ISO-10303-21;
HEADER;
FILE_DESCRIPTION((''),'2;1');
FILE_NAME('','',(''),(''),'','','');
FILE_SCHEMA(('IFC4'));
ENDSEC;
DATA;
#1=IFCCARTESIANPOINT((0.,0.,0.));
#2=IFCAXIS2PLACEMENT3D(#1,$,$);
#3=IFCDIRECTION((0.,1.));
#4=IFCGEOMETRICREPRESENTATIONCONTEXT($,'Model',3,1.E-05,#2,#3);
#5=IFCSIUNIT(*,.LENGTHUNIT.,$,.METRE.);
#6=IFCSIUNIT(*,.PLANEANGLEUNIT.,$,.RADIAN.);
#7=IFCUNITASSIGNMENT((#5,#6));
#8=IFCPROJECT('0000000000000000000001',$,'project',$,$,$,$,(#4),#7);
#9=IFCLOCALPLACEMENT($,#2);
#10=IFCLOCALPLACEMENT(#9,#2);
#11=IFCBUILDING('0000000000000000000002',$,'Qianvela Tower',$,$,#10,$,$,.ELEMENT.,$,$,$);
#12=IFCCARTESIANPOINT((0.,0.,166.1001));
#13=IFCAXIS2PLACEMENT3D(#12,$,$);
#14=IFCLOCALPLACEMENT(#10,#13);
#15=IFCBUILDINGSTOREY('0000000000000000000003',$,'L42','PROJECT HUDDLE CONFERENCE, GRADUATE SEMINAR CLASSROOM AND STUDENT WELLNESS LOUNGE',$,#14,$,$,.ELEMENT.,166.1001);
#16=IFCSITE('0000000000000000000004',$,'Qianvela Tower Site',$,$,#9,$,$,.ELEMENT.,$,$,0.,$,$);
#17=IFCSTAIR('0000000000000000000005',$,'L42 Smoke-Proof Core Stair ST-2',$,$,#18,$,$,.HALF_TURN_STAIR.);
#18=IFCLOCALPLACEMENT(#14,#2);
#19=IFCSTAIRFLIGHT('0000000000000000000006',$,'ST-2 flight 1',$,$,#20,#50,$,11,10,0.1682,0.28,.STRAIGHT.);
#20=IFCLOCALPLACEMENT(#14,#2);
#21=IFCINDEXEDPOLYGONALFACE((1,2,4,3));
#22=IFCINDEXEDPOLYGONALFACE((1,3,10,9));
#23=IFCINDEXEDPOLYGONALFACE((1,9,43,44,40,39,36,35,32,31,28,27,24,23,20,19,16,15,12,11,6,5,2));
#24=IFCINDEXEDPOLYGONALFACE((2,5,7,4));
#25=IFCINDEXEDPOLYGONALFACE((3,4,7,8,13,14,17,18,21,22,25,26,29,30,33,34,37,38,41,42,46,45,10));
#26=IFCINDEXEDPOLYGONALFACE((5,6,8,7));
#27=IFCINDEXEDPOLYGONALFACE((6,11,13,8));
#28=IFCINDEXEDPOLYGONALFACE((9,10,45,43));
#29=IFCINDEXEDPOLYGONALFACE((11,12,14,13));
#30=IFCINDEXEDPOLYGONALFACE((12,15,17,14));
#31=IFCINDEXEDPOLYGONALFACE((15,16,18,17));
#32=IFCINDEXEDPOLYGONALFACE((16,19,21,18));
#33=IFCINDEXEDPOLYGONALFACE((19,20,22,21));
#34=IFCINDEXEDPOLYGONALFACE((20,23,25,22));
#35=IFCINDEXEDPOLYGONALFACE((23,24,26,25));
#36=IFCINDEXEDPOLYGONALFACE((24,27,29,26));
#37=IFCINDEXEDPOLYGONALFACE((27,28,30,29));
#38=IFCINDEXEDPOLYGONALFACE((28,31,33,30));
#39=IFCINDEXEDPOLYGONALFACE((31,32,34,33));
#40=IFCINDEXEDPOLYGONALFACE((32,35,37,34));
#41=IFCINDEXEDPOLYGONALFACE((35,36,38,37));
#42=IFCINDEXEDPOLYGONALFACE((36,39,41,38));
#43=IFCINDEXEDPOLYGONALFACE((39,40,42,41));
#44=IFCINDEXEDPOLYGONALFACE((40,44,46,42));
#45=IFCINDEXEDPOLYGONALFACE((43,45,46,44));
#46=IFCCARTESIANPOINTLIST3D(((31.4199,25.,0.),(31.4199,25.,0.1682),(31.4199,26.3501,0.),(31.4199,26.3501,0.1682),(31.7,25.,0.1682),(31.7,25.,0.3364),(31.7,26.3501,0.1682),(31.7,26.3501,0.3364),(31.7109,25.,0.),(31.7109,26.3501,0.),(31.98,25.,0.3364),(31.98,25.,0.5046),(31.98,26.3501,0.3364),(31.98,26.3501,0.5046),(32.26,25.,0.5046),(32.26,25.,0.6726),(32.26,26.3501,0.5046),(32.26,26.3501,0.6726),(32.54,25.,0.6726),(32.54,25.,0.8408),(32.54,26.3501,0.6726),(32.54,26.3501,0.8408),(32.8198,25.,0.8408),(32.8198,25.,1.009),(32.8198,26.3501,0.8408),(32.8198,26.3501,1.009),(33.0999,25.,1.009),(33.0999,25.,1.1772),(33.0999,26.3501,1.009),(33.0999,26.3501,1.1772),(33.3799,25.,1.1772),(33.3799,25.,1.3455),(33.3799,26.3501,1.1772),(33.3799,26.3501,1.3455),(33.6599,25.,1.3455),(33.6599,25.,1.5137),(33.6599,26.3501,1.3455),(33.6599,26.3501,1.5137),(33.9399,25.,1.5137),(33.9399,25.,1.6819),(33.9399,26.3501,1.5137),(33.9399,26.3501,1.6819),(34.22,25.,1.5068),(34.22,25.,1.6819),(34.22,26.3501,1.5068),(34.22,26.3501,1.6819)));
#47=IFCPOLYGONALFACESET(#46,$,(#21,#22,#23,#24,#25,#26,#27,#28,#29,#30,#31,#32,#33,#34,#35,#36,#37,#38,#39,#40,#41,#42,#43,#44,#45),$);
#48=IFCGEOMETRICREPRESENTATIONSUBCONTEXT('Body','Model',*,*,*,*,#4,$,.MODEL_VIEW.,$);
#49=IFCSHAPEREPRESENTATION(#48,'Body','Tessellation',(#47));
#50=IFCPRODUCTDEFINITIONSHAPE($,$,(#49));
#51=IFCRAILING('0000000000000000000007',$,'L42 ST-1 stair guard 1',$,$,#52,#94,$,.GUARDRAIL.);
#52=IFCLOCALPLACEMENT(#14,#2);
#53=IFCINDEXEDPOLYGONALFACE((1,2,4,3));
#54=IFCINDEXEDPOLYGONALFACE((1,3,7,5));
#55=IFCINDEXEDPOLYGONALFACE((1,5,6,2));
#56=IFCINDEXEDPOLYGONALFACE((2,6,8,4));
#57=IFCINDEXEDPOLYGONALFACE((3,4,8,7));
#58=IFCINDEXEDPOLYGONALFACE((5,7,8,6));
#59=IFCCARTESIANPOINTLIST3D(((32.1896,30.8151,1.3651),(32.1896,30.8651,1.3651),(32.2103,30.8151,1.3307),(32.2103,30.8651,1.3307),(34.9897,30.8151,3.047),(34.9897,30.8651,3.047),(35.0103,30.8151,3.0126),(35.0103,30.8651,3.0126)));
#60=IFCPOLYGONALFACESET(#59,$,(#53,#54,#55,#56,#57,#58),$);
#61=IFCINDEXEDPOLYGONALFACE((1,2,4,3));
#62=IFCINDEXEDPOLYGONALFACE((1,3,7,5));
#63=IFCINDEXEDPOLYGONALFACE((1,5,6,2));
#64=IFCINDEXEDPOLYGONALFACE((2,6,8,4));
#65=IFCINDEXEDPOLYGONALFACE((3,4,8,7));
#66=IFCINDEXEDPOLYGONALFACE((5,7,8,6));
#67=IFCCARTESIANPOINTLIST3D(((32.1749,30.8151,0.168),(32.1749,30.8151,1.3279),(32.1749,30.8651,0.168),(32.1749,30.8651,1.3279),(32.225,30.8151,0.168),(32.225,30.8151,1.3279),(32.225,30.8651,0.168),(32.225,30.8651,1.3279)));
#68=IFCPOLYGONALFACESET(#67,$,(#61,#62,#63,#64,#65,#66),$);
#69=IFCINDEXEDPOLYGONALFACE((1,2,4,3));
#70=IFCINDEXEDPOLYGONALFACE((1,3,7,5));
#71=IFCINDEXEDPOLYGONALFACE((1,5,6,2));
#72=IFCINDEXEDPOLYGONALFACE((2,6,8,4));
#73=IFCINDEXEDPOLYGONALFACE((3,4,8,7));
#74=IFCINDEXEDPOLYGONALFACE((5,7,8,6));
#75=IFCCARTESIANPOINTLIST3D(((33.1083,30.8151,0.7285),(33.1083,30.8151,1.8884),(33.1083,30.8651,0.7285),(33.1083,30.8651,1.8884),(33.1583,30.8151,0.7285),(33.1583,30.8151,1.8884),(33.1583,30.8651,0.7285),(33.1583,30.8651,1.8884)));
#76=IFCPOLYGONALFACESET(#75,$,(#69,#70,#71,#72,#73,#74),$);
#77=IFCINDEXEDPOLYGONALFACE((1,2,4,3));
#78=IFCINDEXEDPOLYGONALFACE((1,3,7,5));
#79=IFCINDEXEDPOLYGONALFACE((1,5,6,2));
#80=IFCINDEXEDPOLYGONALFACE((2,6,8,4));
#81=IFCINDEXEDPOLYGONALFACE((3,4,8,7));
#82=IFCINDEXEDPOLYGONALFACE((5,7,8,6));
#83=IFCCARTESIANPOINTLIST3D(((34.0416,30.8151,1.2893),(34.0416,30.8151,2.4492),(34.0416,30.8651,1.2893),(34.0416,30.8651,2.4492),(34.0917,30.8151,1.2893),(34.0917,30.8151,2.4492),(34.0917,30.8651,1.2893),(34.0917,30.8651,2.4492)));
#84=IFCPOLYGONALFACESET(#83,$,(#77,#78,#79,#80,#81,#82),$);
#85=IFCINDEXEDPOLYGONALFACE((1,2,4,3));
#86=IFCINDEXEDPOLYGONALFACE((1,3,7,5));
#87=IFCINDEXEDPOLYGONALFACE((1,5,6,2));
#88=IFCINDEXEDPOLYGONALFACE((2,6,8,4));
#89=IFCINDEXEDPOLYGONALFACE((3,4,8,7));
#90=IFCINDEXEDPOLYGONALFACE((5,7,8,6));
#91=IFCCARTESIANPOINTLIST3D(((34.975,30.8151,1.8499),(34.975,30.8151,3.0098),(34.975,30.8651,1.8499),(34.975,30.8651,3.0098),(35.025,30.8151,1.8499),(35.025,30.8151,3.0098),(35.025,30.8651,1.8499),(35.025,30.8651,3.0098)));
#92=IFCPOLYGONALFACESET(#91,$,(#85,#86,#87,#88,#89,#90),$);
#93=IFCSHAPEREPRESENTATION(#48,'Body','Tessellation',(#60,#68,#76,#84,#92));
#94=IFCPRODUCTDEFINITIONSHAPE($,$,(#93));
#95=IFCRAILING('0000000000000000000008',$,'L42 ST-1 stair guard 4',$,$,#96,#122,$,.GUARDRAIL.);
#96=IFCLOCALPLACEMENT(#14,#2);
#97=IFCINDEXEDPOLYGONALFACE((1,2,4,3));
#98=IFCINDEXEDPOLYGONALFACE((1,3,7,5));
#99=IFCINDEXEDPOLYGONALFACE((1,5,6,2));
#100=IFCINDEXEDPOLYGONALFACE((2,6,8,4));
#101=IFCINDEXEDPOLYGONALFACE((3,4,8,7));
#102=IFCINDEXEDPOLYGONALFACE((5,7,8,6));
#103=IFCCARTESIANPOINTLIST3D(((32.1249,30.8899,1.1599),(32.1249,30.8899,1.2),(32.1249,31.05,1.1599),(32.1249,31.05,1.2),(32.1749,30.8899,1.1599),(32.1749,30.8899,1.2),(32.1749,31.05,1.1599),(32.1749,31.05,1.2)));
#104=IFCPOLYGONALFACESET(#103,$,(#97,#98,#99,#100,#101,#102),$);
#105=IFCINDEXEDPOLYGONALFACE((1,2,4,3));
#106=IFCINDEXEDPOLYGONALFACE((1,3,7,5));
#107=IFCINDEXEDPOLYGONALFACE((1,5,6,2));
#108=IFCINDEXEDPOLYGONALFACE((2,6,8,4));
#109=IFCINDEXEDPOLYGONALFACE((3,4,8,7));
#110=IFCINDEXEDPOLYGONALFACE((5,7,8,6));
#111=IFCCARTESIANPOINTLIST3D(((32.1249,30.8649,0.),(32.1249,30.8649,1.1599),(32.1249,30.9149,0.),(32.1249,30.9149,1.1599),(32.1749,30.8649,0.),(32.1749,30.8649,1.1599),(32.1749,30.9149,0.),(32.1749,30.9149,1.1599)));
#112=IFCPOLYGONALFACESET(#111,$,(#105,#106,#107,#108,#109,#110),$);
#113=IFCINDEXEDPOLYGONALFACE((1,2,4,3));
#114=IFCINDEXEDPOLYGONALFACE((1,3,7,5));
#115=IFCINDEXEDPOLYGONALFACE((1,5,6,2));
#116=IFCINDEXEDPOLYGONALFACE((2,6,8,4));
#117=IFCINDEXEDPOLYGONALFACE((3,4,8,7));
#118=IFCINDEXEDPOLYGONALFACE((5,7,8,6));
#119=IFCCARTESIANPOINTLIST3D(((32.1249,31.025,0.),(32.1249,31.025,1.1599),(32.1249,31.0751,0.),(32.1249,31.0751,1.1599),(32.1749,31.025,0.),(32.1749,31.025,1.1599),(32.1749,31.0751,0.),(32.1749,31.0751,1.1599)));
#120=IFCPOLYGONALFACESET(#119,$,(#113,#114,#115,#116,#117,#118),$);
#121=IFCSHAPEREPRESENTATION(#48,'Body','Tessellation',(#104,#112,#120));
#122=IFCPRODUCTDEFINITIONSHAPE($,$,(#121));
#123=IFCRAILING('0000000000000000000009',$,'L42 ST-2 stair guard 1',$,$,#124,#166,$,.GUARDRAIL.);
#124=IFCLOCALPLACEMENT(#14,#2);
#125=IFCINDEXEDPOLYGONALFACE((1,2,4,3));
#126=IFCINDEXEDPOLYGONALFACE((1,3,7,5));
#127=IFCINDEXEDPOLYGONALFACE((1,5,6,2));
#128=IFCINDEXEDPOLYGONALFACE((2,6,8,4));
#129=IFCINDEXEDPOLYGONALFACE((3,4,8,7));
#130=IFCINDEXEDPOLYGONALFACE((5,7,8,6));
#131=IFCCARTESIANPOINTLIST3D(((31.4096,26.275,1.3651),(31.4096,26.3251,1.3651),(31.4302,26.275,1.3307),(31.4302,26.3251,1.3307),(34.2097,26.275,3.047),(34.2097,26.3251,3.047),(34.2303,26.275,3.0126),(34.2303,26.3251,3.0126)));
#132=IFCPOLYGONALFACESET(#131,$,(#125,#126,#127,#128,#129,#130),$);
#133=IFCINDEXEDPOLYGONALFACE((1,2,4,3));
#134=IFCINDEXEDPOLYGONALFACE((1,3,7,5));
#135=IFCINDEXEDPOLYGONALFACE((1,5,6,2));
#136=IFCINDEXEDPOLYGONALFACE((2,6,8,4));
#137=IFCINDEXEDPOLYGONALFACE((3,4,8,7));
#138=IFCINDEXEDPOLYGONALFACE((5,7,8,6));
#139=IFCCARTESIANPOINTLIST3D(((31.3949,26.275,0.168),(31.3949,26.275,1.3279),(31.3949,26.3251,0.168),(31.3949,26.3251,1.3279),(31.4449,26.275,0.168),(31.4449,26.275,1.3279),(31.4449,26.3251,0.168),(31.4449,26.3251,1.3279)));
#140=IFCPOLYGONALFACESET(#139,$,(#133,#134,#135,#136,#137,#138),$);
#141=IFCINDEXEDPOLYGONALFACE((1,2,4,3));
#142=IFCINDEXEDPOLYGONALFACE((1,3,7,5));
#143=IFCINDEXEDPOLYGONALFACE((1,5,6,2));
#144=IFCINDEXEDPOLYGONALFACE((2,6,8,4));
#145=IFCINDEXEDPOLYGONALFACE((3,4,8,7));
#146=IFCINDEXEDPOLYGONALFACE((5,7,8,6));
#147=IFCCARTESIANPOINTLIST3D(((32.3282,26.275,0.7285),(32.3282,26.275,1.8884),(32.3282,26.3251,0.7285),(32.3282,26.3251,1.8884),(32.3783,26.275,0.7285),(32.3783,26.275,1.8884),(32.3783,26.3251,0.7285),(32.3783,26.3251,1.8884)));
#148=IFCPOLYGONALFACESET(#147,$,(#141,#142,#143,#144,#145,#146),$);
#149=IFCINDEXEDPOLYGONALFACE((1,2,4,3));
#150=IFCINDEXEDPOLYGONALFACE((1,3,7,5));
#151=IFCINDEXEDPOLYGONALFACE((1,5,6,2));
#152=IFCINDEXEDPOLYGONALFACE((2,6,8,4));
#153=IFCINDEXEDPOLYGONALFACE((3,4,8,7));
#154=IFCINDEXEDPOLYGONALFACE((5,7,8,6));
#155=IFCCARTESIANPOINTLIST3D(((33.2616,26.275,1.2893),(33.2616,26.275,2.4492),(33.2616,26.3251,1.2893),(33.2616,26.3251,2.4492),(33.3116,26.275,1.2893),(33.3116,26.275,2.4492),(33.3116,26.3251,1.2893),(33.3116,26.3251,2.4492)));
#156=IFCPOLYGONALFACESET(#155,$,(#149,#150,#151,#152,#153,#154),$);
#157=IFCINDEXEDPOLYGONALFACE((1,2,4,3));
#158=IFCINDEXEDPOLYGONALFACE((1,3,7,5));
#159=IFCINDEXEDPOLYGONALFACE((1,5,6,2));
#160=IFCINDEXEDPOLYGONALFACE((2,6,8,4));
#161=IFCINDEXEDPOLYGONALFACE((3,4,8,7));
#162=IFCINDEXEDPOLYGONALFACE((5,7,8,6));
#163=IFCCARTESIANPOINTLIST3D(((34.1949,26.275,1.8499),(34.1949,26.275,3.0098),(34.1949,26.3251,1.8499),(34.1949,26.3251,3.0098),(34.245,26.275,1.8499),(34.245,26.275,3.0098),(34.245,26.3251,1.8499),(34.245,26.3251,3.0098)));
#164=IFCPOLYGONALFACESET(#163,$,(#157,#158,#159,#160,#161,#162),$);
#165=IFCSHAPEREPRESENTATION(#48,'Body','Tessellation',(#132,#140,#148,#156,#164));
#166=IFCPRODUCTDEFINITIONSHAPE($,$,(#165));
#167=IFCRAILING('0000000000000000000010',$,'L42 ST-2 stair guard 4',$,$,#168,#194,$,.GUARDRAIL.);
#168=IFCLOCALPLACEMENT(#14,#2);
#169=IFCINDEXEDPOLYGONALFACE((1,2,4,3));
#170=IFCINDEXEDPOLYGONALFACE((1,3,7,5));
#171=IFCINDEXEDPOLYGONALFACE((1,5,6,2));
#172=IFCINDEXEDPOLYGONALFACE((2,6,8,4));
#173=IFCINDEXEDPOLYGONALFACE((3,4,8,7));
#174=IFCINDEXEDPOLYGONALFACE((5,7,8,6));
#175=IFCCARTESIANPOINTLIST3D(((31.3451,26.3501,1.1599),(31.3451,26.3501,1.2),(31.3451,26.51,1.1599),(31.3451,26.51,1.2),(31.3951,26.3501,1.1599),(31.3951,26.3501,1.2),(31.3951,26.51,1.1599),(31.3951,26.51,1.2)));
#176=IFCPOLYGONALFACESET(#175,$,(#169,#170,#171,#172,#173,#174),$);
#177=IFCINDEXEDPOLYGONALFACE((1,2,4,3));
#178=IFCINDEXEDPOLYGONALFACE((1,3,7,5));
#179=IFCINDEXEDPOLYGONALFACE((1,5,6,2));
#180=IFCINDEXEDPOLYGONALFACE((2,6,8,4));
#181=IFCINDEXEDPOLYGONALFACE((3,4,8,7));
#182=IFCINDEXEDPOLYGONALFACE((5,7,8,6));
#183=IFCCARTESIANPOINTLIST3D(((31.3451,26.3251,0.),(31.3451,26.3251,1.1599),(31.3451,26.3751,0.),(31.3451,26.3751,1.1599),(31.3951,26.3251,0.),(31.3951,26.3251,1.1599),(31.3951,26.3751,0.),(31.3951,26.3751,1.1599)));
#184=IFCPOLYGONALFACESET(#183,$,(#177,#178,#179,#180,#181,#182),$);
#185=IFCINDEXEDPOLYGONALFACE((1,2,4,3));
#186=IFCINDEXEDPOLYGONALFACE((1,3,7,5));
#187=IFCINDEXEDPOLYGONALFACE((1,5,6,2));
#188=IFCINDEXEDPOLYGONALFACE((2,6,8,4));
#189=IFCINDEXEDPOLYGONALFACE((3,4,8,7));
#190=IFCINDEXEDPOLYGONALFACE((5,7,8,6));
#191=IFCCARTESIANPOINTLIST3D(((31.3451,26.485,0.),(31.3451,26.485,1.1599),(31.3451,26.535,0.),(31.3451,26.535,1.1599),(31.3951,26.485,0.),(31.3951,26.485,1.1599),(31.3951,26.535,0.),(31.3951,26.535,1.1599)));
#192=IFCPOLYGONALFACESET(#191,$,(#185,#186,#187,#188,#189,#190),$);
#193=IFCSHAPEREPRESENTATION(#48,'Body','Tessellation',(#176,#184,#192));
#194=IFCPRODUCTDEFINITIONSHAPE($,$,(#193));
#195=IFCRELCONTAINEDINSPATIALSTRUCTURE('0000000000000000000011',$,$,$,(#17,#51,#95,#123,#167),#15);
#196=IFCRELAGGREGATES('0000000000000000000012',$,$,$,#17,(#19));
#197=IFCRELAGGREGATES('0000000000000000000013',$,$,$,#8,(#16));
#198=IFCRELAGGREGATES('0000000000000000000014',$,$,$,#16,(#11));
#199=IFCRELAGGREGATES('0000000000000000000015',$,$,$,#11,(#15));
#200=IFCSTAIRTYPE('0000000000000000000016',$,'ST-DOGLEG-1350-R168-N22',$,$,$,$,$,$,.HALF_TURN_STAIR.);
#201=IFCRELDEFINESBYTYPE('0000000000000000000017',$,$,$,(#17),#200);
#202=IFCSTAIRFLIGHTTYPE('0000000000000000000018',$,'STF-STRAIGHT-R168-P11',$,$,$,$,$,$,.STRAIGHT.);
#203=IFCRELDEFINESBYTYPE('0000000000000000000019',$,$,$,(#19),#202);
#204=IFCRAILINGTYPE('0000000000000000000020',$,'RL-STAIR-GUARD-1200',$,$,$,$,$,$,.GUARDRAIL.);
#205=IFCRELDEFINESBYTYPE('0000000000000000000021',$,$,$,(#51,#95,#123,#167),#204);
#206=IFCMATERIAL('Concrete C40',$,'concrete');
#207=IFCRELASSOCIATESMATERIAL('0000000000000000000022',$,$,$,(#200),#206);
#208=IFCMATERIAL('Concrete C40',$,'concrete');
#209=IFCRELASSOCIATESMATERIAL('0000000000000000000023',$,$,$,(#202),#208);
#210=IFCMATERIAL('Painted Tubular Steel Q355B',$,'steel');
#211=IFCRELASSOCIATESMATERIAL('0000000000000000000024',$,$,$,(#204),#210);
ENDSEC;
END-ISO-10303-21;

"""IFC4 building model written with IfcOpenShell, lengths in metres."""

from ifc_helpers import new_model, si_unit, direction, frame, origin, origin_2d, place, context, subcontext, project, spatial, polyline, rectangle, outline, extrude, material, type_object, element, aggregate, save


model = new_model("IFC4")

# Units and contexts
model_context = context("Model", 3, precision=1e-05, world=origin(), true_north=direction((0.0, 1.0)))
body_context = subcontext(model_context, "Body", "Model", "MODEL_VIEW")
ifc_project = project(units=[si_unit("LENGTHUNIT", "METRE"), si_unit("PLANEANGLEUNIT", "RADIAN")], contexts=[model_context])

# Site, building, storey
site_placement = place(None, origin())
site = spatial("IfcSite", under=ifc_project, at=site_placement, Name="Qianvela Tower Site", CompositionType="ELEMENT", RefElevation=0.0)
building_placement = place(site_placement, origin())
building = spatial("IfcBuilding", under=site, at=building_placement, Name="Qianvela Tower", CompositionType="ELEMENT")
storey_placement = place(building_placement, frame((0.0, 0.0, 166.1001)))
storey = spatial("IfcBuildingStorey", under=building, at=storey_placement, Name="L42", Description="PROJECT HUDDLE CONFERENCE, GRADUATE SEMINAR CLASSROOM AND STUDENT WELLNESS LOUNGE", CompositionType="ELEMENT", Elevation=166.1001)

# Stair, stair flight
ifc_material_1 = material(Name="Concrete C40", Category="concrete")
stair_type = type_object("IfcStairType", Name="ST-DOGLEG-1350-R168-N22", PredefinedType="HALF_TURN_STAIR", material=ifc_material_1)
ifc_material_2 = material(Name="Concrete C40", Category="concrete")
stair_flight_type = type_object("IfcStairFlightType", Name="STF-STRAIGHT-R168-P11", PredefinedType="STRAIGHT", material=ifc_material_2)
stair_1_placement = place(storey_placement, origin())
stair_1 = element("IfcStair", 1, at=stair_1_placement, inside=storey, type_object=stair_type, Name="L42 Smoke-Proof Core Stair ST-2", PredefinedType="HALF_TURN_STAIR")
stair_flight_1_placement = place(storey_placement, frame((31.4199, 25.675, 0.0), z_axis=(0.0, 0.0, 1.0), x_axis=(1.0, 0.0, 0.0)))
stair_flight_1 = element("IfcStairFlight", 2, at=stair_flight_1_placement, type_object=stair_flight_type, Name="ST-2 flight 1", NumberOfRisers=11, NumberOfTreads=10, PredefinedType="STRAIGHT", RiserHeight=0.1682, TreadLength=0.28, context=body_context, shape_type="SweptSolid", body=[
    extrude(outline(polyline([(0.0, 0.0), (0.0, 0.1682), (0.28, 0.1682), (0.28, 0.3364), (0.5601, 0.3364), (0.5601, 0.5046), (0.8401, 0.5046), (0.8401, 0.6726), (1.1201, 0.6726), (1.1201, 0.8408), (1.3999, 0.8408), (1.3999, 1.009), (1.6799, 1.009), (1.6799, 1.1772), (1.96, 1.1772), (1.96, 1.3455), (2.24, 1.3455), (2.24, 1.5137), (2.52, 1.5137), (2.52, 1.6819), (2.8, 1.6819), (2.8, 1.8501), (2.8, 1.5068), (0.291, 0.0), (0.0, 0.0)])), frame((0.0, 0.675, 0.0), z_axis=(0.0, -1.0, 0.0), x_axis=(1.0, 0.0, 0.0)), (0.0, 0.0, 1.0), 1.3501),
])
aggregate(stair_1, [stair_flight_1])

# Railings
ifc_material_3 = material(Name="Painted Tubular Steel Q355B", Category="steel")
railing_type_1 = type_object("IfcRailingType", Name="RL-STAIR-GUARD-1200", PredefinedType="GUARDRAIL", material=ifc_material_3)
railing_1_placement = place(storey_placement, frame((32.2, 30.8401, 0.168)))
element("IfcRailing", 3, at=railing_1_placement, inside=storey, type_object=railing_type_1, Name="L42 ST-1 stair guard 1", PredefinedType="GUARDRAIL", context=body_context, shape_type="SweptSolid", body=[
    extrude(rectangle(XDim=0.05, YDim=0.04, at=origin_2d()), frame((0.0, 0.0, 1.1799), z_axis=(0.857242, 0.0, 0.514913), x_axis=(0.0, 1.0, 0.0)), (0.0, 0.0, 1.0), 3.2664),
    extrude(rectangle(XDim=0.05, YDim=0.05, at=origin_2d()), origin(), (0.0, 0.0, 1.0), 1.1599),
    extrude(rectangle(XDim=0.05, YDim=0.05, at=origin_2d()), frame((0.9333, 0.0, 0.5605)), (0.0, 0.0, 1.0), 1.1599),
    extrude(rectangle(XDim=0.05, YDim=0.05, at=origin_2d()), frame((1.8667, 0.0, 1.1213)), (0.0, 0.0, 1.0), 1.1599),
    extrude(rectangle(XDim=0.05, YDim=0.05, at=origin_2d()), frame((2.8, 0.0, 1.6819)), (0.0, 0.0, 1.0), 1.1599),
])
railing_2_placement = place(storey_placement, frame((32.1499, 30.8899, 0.0)))
element("IfcRailing", 4, at=railing_2_placement, inside=storey, type_object=railing_type_1, Name="L42 ST-1 stair guard 4", PredefinedType="GUARDRAIL", context=body_context, shape_type="SweptSolid", body=[
    extrude(rectangle(XDim=0.05, YDim=0.04, at=origin_2d()), frame((0.0, 0.0, 1.1799), z_axis=(0.0, 1.0, 0.0), x_axis=(-1.0, 0.0, 0.0)), (0.0, 0.0, 1.0), 0.1602),
    extrude(rectangle(XDim=0.05, YDim=0.05, at=origin_2d()), origin(), (0.0, 0.0, 1.0), 1.1599),
    extrude(rectangle(XDim=0.05, YDim=0.05, at=origin_2d()), frame((0.0, 0.1602, 0.0)), (0.0, 0.0, 1.0), 1.1599),
])
railing_3_placement = place(storey_placement, frame((31.4199, 26.3, 0.168)))
element("IfcRailing", 5, at=railing_3_placement, inside=storey, type_object=railing_type_1, Name="L42 ST-2 stair guard 1", PredefinedType="GUARDRAIL", context=body_context, shape_type="SweptSolid", body=[
    extrude(rectangle(XDim=0.05, YDim=0.04, at=origin_2d()), frame((0.0, 0.0, 1.1799), z_axis=(0.857242, 0.0, 0.514913), x_axis=(0.0, 1.0, 0.0)), (0.0, 0.0, 1.0), 3.2664),
    extrude(rectangle(XDim=0.05, YDim=0.05, at=origin_2d()), origin(), (0.0, 0.0, 1.0), 1.1599),
    extrude(rectangle(XDim=0.05, YDim=0.05, at=origin_2d()), frame((0.9333, 0.0, 0.5605)), (0.0, 0.0, 1.0), 1.1599),
    extrude(rectangle(XDim=0.05, YDim=0.05, at=origin_2d()), frame((1.8667, 0.0, 1.1213)), (0.0, 0.0, 1.0), 1.1599),
    extrude(rectangle(XDim=0.05, YDim=0.05, at=origin_2d()), frame((2.8, 0.0, 1.6819)), (0.0, 0.0, 1.0), 1.1599),
])
railing_4_placement = place(storey_placement, frame((31.3701, 26.3501, 0.0)))
element("IfcRailing", 6, at=railing_4_placement, inside=storey, type_object=railing_type_1, Name="L42 ST-2 stair guard 4", PredefinedType="GUARDRAIL", context=body_context, shape_type="SweptSolid", body=[
    extrude(rectangle(XDim=0.05, YDim=0.04, at=origin_2d()), frame((0.0, 0.0, 1.1799), z_axis=(0.0, 1.0, 0.0), x_axis=(-1.0, 0.0, 0.0)), (0.0, 0.0, 1.0), 0.1599),
    extrude(rectangle(XDim=0.05, YDim=0.05, at=origin_2d()), origin(), (0.0, 0.0, 1.0), 1.1599),
    extrude(rectangle(XDim=0.05, YDim=0.05, at=origin_2d()), frame((0.0, 0.1599, 0.0)), (0.0, 0.0, 1.0), 1.1599),
])

save(model, "model.ifc")
